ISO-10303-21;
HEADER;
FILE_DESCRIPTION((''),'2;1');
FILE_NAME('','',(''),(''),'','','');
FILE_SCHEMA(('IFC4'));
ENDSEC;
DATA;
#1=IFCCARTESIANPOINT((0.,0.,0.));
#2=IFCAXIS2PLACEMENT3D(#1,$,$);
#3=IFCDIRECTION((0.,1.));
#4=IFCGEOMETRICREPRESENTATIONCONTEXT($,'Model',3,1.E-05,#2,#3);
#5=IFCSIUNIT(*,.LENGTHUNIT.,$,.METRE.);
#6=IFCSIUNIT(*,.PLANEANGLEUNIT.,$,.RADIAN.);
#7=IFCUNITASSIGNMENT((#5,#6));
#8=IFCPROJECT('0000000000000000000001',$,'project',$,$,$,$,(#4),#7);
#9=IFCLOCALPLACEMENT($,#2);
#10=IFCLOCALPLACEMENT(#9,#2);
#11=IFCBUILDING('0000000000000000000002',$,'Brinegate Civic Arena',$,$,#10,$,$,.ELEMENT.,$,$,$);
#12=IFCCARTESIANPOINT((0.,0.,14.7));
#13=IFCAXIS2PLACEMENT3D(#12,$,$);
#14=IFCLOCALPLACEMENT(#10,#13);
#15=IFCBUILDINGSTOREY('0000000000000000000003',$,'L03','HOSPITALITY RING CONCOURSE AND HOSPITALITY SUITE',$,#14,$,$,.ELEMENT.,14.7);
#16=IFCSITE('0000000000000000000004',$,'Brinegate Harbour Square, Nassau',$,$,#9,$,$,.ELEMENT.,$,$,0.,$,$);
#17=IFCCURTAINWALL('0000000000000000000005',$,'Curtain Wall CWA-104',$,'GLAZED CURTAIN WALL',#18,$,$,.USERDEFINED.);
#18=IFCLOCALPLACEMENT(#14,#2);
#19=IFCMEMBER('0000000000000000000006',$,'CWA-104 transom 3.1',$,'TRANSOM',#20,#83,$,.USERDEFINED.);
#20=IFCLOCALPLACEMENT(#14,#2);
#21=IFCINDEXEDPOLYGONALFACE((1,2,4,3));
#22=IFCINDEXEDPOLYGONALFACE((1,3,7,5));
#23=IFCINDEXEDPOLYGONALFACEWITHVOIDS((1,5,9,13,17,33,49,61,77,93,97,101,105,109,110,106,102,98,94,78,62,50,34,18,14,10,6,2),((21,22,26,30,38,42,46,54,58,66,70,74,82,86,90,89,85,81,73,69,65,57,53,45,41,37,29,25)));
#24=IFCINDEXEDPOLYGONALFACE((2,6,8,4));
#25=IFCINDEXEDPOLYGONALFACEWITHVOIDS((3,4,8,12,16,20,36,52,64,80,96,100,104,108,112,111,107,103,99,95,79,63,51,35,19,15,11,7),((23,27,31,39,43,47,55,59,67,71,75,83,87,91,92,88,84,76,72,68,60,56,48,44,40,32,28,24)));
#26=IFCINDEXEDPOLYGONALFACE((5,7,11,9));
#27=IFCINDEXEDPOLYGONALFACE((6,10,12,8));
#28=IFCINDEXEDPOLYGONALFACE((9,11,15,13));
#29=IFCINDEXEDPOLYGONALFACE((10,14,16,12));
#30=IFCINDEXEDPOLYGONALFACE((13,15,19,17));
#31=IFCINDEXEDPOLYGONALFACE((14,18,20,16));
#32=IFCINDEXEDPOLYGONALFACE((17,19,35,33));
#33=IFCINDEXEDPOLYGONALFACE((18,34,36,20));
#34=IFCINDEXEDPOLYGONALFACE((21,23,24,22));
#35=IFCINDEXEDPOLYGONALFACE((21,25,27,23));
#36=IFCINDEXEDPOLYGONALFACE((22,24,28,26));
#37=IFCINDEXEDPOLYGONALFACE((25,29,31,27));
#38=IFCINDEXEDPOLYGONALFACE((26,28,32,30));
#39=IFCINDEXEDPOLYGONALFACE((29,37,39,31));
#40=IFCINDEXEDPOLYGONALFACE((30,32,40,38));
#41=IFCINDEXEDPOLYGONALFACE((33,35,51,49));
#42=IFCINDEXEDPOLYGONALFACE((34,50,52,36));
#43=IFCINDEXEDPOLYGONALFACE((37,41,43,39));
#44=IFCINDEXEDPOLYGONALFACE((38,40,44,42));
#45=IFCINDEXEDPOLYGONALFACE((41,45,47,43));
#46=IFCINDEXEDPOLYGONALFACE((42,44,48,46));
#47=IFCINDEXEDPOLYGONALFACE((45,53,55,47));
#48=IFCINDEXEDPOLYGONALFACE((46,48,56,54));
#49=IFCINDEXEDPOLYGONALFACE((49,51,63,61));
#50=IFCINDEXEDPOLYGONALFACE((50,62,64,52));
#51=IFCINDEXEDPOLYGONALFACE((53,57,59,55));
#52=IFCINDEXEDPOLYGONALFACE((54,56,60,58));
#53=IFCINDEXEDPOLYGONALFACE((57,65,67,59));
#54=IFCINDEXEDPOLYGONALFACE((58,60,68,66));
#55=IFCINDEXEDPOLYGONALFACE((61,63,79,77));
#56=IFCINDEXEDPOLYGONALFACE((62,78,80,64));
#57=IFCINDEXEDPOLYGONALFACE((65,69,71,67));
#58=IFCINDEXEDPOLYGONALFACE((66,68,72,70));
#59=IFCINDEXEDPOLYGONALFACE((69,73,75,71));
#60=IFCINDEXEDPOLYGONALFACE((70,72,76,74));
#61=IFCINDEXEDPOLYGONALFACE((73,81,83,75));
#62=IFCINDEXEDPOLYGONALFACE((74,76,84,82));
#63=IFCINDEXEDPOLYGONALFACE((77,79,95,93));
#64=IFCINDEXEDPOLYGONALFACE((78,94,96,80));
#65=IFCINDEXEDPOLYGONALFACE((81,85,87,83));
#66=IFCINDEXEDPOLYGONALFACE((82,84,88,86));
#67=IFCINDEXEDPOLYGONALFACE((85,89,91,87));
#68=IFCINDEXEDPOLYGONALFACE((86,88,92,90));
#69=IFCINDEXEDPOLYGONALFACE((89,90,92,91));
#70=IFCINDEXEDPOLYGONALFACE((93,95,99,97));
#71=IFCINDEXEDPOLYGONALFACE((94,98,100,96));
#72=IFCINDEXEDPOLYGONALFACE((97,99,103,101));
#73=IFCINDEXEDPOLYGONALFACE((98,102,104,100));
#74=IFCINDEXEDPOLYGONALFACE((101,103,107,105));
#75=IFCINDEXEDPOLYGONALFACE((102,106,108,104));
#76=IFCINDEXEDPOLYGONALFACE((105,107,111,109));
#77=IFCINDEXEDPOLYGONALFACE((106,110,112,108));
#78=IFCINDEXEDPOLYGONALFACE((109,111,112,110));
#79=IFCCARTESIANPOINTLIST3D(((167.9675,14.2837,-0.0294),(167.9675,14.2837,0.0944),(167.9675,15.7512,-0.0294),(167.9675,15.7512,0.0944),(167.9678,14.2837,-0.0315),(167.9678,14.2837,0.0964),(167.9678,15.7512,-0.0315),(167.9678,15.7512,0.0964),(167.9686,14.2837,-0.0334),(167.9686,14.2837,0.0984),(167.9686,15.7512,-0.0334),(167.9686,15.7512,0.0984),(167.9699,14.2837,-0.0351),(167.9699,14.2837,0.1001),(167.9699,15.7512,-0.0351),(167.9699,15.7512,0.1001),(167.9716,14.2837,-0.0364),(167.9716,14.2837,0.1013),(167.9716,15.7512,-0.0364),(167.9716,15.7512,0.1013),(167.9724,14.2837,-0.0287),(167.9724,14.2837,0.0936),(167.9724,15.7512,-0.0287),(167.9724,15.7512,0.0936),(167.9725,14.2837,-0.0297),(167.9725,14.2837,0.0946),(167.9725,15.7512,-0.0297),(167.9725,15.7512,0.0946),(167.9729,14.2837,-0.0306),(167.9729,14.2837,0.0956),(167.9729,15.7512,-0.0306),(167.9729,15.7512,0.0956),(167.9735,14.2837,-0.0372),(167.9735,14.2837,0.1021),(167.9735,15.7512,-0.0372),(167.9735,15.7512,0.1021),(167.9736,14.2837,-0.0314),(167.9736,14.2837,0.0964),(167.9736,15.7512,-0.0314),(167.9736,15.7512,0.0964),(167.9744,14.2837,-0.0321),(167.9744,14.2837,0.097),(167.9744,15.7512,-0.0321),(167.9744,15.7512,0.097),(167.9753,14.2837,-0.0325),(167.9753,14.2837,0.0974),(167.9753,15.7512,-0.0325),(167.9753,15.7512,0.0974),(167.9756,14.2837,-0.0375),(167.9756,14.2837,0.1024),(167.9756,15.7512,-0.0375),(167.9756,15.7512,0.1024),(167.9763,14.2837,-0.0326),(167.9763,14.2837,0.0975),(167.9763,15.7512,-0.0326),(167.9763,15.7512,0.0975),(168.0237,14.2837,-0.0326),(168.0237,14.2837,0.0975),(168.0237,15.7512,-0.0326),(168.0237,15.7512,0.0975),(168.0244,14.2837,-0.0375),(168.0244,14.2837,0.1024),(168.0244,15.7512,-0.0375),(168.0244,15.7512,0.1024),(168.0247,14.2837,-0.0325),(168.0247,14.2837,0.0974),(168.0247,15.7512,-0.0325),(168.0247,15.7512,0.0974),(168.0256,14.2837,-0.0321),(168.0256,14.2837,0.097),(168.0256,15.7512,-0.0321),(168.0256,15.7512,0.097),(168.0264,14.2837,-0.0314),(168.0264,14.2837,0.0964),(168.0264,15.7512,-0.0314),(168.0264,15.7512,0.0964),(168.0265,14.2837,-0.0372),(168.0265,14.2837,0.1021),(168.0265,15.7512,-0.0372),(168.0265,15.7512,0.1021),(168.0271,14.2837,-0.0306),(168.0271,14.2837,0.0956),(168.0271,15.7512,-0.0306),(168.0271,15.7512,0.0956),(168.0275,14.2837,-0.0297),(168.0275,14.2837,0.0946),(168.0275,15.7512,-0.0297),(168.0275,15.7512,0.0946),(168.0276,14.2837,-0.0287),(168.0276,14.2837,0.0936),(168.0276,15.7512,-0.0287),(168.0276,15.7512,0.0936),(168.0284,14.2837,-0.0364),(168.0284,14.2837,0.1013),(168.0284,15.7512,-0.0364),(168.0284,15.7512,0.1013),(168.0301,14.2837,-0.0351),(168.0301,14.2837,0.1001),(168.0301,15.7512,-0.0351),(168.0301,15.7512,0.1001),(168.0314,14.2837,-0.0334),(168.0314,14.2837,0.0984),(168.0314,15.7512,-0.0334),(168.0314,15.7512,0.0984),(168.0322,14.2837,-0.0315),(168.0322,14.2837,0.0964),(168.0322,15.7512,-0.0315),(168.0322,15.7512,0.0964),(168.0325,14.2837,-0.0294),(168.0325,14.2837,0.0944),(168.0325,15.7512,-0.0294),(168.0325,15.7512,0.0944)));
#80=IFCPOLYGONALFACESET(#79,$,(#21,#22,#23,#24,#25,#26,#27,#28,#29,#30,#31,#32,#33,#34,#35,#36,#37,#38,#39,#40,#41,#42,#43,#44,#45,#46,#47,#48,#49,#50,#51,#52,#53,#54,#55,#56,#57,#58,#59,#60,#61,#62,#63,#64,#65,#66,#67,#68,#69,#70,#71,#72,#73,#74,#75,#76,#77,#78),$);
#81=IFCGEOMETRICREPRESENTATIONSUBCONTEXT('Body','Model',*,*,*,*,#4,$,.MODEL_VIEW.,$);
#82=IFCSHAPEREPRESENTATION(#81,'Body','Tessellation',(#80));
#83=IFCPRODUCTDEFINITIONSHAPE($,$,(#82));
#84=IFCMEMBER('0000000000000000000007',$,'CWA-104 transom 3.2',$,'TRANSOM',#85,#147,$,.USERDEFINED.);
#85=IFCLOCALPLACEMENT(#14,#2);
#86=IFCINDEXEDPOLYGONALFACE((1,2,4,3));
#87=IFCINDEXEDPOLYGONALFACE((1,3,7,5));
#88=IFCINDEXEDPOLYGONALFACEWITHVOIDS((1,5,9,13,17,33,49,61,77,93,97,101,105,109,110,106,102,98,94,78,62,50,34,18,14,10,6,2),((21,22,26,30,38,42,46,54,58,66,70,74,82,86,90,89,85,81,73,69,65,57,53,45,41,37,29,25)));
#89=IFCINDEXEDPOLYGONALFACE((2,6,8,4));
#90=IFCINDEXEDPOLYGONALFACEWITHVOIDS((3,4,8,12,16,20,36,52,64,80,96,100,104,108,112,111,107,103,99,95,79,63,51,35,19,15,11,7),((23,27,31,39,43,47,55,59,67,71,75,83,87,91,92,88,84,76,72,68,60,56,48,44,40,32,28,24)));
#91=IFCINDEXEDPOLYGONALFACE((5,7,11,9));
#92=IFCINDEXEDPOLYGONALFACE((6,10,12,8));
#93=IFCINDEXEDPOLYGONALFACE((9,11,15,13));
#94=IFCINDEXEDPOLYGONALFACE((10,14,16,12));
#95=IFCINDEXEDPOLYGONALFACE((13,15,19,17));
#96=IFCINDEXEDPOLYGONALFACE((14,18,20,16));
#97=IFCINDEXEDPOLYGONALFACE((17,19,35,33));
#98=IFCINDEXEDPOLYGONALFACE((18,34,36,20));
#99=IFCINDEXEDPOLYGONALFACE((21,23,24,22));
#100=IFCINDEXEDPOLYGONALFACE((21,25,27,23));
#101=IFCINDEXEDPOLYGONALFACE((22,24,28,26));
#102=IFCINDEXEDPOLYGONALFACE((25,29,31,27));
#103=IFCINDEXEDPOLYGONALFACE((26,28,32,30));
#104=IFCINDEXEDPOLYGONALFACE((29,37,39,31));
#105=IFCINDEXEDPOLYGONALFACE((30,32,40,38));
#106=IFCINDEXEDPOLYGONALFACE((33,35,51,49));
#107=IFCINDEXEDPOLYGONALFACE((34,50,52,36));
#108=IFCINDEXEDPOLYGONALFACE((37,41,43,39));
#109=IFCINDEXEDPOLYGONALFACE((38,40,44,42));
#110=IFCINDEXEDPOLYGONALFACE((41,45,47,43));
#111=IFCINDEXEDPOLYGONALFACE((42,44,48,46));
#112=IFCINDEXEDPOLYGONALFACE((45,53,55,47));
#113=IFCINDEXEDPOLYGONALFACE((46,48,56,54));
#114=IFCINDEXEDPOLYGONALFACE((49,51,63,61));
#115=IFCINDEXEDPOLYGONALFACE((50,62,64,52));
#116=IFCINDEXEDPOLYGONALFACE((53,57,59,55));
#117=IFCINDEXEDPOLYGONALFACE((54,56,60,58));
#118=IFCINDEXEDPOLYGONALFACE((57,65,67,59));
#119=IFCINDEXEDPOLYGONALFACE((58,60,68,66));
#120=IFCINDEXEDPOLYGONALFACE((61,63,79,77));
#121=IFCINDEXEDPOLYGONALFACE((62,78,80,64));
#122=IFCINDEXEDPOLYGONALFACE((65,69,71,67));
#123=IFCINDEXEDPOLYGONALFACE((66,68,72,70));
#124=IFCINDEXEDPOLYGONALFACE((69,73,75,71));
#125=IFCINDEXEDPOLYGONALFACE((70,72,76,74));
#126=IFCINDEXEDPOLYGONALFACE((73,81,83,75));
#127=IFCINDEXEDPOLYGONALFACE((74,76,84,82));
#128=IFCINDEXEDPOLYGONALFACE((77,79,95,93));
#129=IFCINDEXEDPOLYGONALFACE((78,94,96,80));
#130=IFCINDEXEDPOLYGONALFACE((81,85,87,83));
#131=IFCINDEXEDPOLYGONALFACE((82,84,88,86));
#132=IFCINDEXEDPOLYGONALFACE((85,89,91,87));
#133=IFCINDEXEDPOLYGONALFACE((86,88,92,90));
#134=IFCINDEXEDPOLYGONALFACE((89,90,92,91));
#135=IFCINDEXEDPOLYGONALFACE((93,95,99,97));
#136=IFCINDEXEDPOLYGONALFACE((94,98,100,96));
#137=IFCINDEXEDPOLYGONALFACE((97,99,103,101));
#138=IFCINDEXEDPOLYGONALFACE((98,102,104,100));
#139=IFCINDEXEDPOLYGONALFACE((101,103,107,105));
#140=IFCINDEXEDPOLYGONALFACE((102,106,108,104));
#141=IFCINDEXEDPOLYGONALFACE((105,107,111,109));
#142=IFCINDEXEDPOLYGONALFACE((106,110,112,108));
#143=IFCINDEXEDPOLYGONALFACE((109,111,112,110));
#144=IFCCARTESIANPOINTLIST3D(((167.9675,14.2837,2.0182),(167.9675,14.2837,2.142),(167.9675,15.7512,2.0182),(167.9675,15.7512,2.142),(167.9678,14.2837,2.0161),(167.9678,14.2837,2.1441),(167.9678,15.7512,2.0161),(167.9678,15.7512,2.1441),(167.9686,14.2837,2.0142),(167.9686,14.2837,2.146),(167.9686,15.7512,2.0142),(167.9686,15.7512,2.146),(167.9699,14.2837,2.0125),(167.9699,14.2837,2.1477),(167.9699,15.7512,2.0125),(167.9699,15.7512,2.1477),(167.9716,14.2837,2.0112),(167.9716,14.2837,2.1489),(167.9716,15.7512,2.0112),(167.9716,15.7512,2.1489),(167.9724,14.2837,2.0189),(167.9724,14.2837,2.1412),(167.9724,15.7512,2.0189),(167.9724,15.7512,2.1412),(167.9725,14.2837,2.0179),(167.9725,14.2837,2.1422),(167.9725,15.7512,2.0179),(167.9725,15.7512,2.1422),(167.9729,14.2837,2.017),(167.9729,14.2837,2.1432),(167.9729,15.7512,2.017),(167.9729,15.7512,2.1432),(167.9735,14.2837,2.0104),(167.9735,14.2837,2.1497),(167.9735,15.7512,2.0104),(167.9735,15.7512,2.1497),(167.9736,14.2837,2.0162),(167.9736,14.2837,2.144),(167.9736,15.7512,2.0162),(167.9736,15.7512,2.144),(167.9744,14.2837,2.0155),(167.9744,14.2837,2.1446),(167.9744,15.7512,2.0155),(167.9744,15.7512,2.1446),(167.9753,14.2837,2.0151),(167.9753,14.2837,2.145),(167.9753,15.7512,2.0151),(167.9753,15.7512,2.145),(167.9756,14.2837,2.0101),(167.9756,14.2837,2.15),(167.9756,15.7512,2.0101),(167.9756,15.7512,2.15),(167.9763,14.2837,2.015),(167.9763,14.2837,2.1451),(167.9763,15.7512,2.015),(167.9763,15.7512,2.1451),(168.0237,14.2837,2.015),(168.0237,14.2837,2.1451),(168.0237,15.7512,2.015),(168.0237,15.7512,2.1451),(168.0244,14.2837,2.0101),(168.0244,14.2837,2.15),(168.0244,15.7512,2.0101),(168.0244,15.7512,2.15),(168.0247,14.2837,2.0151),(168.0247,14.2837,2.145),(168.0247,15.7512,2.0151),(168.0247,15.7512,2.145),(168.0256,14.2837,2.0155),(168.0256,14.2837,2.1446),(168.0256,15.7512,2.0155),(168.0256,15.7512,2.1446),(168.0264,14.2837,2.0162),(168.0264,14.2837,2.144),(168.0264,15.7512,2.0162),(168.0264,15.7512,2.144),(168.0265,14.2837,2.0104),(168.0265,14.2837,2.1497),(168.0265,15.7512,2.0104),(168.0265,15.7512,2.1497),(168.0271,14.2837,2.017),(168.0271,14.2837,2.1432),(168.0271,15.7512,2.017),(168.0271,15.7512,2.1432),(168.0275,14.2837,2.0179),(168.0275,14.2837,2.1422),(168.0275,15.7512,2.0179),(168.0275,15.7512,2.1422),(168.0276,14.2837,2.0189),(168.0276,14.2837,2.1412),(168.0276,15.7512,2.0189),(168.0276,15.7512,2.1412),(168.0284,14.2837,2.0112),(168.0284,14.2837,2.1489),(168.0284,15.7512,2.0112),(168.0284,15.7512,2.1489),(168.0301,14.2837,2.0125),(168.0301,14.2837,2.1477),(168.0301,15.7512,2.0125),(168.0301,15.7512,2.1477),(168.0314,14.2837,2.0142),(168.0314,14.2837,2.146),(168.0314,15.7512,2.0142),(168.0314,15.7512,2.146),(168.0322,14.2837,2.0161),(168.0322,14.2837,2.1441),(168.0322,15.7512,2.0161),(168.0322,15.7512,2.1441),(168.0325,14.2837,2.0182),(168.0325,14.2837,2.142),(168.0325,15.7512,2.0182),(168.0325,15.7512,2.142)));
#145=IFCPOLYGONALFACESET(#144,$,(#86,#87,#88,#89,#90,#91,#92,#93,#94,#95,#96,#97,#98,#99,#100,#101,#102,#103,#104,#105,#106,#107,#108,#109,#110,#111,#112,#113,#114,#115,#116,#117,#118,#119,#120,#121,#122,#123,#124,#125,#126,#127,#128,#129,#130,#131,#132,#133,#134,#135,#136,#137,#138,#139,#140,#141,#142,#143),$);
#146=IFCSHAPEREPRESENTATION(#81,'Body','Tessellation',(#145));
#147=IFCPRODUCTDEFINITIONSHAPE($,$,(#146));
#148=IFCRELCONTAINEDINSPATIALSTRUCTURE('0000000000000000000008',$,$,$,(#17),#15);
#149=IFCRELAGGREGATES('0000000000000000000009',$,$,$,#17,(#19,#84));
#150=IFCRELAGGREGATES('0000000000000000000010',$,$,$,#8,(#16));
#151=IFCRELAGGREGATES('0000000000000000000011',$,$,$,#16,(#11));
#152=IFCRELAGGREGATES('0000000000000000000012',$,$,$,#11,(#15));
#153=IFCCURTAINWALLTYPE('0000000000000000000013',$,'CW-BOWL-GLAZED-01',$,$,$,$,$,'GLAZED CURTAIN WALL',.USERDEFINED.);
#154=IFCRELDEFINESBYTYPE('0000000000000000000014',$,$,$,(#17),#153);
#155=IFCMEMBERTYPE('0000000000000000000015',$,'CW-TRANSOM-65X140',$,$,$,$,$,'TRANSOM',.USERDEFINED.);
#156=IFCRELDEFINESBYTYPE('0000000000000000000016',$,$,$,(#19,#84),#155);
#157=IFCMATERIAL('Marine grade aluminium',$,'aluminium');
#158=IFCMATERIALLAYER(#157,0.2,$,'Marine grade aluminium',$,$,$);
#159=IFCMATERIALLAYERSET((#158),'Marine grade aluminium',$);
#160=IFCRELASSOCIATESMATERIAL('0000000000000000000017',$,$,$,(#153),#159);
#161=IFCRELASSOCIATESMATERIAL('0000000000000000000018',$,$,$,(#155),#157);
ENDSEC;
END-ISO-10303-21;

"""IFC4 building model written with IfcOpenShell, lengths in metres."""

from ifc_helpers import new_model, si_unit, direction, frame, origin, origin_2d, place, context, subcontext, project, spatial, hollow_rectangle, extrude, material, layer, layer_set, material_profile, profile_set, type_object, element, aggregate, save


model = new_model("IFC4")

# Units and contexts
model_context = context("Model", 3, precision=1e-05, world=origin(), true_north=direction((0.0, 1.0)))
body_context = subcontext(model_context, "Body", "Model", "MODEL_VIEW")
ifc_project = project(units=[si_unit("LENGTHUNIT", "METRE"), si_unit("PLANEANGLEUNIT", "RADIAN")], contexts=[model_context])

# Site, building, storey
site_placement = place(None, origin())
site = spatial("IfcSite", under=ifc_project, at=site_placement, Name="Brinegate Harbour Square, Nassau", CompositionType="ELEMENT", RefElevation=0.0)
building_placement = place(site_placement, origin())
building = spatial("IfcBuilding", under=site, at=building_placement, Name="Brinegate Civic Arena", CompositionType="ELEMENT")
storey_placement = place(building_placement, frame((0.0, 0.0, 14.7)))
storey = spatial("IfcBuildingStorey", under=building, at=storey_placement, Name="L03", Description="HOSPITALITY RING CONCOURSE AND HOSPITALITY SUITE", CompositionType="ELEMENT", Elevation=14.7)

# Curtain wall, members
ifc_material_1 = material(Name="Marine grade aluminium", Category="aluminium")
ifc_layer_1 = layer(ifc_material_1, 0.2, Name="Marine grade aluminium")
ifc_layer_set_1 = layer_set([ifc_layer_1], Name="Marine grade aluminium")
curtain_wall_type = type_object("IfcCurtainWallType", Name="CW-BOWL-GLAZED-01", ElementType="GLAZED CURTAIN WALL", PredefinedType="USERDEFINED", material=ifc_layer_set_1)
curtain_wall_placement = place(storey_placement, origin())
curtain_wall = element("IfcCurtainWall", 1, at=curtain_wall_placement, inside=storey, type_object=curtain_wall_type, Name="Curtain Wall CWA-104", ObjectType="GLAZED CURTAIN WALL", PredefinedType="USERDEFINED")
ifc_material_profile_1 = material_profile(ifc_material_1, hollow_rectangle(XDim=0.0649, YDim=0.1399, WallThickness=0.0049, InnerFilletRadius=0.0039, OuterFilletRadius=0.0081, at=origin_2d()), Name="TRN65X140")
ifc_profile_set_1 = profile_set([ifc_material_profile_1], Name="Marine grade aluminium")
member_type_1 = type_object("IfcMemberType", Name="CW-TRANSOM-65X140", ElementType="TRANSOM", PredefinedType="USERDEFINED", material=ifc_profile_set_1)
member_1_placement = place(storey_placement, frame((168.0, 14.2837, 0.0325), z_axis=(0.0, 1.0, 0.0), x_axis=(-1.0, 0.0, 0.0)))
member_1 = element("IfcMember", 2, at=member_1_placement, type_object=member_type_1, Name="CWA-104 transom 3.1", ObjectType="TRANSOM", PredefinedType="USERDEFINED", context=body_context, shape_type="SweptSolid", body=[
    extrude(hollow_rectangle(XDim=0.0649, YDim=0.1399, WallThickness=0.0049, InnerFilletRadius=0.0039, OuterFilletRadius=0.0081, at=origin_2d()), origin(), (0.0, 0.0, 1.0), 1.4675),
])
member_2_placement = place(storey_placement, frame((168.0, 14.2837, 2.0801), z_axis=(0.0, 1.0, 0.0), x_axis=(-1.0, 0.0, 0.0)))
member_2 = element("IfcMember", 3, at=member_2_placement, type_object=member_type_1, Name="CWA-104 transom 3.2", ObjectType="TRANSOM", PredefinedType="USERDEFINED", context=body_context, shape_type="SweptSolid", body=[
    extrude(hollow_rectangle(XDim=0.0649, YDim=0.1399, WallThickness=0.0049, InnerFilletRadius=0.0039, OuterFilletRadius=0.0081, at=origin_2d()), origin(), (0.0, 0.0, 1.0), 1.4675),
])

aggregate(curtain_wall, [member_1, member_2])

save(model, "model.ifc")
